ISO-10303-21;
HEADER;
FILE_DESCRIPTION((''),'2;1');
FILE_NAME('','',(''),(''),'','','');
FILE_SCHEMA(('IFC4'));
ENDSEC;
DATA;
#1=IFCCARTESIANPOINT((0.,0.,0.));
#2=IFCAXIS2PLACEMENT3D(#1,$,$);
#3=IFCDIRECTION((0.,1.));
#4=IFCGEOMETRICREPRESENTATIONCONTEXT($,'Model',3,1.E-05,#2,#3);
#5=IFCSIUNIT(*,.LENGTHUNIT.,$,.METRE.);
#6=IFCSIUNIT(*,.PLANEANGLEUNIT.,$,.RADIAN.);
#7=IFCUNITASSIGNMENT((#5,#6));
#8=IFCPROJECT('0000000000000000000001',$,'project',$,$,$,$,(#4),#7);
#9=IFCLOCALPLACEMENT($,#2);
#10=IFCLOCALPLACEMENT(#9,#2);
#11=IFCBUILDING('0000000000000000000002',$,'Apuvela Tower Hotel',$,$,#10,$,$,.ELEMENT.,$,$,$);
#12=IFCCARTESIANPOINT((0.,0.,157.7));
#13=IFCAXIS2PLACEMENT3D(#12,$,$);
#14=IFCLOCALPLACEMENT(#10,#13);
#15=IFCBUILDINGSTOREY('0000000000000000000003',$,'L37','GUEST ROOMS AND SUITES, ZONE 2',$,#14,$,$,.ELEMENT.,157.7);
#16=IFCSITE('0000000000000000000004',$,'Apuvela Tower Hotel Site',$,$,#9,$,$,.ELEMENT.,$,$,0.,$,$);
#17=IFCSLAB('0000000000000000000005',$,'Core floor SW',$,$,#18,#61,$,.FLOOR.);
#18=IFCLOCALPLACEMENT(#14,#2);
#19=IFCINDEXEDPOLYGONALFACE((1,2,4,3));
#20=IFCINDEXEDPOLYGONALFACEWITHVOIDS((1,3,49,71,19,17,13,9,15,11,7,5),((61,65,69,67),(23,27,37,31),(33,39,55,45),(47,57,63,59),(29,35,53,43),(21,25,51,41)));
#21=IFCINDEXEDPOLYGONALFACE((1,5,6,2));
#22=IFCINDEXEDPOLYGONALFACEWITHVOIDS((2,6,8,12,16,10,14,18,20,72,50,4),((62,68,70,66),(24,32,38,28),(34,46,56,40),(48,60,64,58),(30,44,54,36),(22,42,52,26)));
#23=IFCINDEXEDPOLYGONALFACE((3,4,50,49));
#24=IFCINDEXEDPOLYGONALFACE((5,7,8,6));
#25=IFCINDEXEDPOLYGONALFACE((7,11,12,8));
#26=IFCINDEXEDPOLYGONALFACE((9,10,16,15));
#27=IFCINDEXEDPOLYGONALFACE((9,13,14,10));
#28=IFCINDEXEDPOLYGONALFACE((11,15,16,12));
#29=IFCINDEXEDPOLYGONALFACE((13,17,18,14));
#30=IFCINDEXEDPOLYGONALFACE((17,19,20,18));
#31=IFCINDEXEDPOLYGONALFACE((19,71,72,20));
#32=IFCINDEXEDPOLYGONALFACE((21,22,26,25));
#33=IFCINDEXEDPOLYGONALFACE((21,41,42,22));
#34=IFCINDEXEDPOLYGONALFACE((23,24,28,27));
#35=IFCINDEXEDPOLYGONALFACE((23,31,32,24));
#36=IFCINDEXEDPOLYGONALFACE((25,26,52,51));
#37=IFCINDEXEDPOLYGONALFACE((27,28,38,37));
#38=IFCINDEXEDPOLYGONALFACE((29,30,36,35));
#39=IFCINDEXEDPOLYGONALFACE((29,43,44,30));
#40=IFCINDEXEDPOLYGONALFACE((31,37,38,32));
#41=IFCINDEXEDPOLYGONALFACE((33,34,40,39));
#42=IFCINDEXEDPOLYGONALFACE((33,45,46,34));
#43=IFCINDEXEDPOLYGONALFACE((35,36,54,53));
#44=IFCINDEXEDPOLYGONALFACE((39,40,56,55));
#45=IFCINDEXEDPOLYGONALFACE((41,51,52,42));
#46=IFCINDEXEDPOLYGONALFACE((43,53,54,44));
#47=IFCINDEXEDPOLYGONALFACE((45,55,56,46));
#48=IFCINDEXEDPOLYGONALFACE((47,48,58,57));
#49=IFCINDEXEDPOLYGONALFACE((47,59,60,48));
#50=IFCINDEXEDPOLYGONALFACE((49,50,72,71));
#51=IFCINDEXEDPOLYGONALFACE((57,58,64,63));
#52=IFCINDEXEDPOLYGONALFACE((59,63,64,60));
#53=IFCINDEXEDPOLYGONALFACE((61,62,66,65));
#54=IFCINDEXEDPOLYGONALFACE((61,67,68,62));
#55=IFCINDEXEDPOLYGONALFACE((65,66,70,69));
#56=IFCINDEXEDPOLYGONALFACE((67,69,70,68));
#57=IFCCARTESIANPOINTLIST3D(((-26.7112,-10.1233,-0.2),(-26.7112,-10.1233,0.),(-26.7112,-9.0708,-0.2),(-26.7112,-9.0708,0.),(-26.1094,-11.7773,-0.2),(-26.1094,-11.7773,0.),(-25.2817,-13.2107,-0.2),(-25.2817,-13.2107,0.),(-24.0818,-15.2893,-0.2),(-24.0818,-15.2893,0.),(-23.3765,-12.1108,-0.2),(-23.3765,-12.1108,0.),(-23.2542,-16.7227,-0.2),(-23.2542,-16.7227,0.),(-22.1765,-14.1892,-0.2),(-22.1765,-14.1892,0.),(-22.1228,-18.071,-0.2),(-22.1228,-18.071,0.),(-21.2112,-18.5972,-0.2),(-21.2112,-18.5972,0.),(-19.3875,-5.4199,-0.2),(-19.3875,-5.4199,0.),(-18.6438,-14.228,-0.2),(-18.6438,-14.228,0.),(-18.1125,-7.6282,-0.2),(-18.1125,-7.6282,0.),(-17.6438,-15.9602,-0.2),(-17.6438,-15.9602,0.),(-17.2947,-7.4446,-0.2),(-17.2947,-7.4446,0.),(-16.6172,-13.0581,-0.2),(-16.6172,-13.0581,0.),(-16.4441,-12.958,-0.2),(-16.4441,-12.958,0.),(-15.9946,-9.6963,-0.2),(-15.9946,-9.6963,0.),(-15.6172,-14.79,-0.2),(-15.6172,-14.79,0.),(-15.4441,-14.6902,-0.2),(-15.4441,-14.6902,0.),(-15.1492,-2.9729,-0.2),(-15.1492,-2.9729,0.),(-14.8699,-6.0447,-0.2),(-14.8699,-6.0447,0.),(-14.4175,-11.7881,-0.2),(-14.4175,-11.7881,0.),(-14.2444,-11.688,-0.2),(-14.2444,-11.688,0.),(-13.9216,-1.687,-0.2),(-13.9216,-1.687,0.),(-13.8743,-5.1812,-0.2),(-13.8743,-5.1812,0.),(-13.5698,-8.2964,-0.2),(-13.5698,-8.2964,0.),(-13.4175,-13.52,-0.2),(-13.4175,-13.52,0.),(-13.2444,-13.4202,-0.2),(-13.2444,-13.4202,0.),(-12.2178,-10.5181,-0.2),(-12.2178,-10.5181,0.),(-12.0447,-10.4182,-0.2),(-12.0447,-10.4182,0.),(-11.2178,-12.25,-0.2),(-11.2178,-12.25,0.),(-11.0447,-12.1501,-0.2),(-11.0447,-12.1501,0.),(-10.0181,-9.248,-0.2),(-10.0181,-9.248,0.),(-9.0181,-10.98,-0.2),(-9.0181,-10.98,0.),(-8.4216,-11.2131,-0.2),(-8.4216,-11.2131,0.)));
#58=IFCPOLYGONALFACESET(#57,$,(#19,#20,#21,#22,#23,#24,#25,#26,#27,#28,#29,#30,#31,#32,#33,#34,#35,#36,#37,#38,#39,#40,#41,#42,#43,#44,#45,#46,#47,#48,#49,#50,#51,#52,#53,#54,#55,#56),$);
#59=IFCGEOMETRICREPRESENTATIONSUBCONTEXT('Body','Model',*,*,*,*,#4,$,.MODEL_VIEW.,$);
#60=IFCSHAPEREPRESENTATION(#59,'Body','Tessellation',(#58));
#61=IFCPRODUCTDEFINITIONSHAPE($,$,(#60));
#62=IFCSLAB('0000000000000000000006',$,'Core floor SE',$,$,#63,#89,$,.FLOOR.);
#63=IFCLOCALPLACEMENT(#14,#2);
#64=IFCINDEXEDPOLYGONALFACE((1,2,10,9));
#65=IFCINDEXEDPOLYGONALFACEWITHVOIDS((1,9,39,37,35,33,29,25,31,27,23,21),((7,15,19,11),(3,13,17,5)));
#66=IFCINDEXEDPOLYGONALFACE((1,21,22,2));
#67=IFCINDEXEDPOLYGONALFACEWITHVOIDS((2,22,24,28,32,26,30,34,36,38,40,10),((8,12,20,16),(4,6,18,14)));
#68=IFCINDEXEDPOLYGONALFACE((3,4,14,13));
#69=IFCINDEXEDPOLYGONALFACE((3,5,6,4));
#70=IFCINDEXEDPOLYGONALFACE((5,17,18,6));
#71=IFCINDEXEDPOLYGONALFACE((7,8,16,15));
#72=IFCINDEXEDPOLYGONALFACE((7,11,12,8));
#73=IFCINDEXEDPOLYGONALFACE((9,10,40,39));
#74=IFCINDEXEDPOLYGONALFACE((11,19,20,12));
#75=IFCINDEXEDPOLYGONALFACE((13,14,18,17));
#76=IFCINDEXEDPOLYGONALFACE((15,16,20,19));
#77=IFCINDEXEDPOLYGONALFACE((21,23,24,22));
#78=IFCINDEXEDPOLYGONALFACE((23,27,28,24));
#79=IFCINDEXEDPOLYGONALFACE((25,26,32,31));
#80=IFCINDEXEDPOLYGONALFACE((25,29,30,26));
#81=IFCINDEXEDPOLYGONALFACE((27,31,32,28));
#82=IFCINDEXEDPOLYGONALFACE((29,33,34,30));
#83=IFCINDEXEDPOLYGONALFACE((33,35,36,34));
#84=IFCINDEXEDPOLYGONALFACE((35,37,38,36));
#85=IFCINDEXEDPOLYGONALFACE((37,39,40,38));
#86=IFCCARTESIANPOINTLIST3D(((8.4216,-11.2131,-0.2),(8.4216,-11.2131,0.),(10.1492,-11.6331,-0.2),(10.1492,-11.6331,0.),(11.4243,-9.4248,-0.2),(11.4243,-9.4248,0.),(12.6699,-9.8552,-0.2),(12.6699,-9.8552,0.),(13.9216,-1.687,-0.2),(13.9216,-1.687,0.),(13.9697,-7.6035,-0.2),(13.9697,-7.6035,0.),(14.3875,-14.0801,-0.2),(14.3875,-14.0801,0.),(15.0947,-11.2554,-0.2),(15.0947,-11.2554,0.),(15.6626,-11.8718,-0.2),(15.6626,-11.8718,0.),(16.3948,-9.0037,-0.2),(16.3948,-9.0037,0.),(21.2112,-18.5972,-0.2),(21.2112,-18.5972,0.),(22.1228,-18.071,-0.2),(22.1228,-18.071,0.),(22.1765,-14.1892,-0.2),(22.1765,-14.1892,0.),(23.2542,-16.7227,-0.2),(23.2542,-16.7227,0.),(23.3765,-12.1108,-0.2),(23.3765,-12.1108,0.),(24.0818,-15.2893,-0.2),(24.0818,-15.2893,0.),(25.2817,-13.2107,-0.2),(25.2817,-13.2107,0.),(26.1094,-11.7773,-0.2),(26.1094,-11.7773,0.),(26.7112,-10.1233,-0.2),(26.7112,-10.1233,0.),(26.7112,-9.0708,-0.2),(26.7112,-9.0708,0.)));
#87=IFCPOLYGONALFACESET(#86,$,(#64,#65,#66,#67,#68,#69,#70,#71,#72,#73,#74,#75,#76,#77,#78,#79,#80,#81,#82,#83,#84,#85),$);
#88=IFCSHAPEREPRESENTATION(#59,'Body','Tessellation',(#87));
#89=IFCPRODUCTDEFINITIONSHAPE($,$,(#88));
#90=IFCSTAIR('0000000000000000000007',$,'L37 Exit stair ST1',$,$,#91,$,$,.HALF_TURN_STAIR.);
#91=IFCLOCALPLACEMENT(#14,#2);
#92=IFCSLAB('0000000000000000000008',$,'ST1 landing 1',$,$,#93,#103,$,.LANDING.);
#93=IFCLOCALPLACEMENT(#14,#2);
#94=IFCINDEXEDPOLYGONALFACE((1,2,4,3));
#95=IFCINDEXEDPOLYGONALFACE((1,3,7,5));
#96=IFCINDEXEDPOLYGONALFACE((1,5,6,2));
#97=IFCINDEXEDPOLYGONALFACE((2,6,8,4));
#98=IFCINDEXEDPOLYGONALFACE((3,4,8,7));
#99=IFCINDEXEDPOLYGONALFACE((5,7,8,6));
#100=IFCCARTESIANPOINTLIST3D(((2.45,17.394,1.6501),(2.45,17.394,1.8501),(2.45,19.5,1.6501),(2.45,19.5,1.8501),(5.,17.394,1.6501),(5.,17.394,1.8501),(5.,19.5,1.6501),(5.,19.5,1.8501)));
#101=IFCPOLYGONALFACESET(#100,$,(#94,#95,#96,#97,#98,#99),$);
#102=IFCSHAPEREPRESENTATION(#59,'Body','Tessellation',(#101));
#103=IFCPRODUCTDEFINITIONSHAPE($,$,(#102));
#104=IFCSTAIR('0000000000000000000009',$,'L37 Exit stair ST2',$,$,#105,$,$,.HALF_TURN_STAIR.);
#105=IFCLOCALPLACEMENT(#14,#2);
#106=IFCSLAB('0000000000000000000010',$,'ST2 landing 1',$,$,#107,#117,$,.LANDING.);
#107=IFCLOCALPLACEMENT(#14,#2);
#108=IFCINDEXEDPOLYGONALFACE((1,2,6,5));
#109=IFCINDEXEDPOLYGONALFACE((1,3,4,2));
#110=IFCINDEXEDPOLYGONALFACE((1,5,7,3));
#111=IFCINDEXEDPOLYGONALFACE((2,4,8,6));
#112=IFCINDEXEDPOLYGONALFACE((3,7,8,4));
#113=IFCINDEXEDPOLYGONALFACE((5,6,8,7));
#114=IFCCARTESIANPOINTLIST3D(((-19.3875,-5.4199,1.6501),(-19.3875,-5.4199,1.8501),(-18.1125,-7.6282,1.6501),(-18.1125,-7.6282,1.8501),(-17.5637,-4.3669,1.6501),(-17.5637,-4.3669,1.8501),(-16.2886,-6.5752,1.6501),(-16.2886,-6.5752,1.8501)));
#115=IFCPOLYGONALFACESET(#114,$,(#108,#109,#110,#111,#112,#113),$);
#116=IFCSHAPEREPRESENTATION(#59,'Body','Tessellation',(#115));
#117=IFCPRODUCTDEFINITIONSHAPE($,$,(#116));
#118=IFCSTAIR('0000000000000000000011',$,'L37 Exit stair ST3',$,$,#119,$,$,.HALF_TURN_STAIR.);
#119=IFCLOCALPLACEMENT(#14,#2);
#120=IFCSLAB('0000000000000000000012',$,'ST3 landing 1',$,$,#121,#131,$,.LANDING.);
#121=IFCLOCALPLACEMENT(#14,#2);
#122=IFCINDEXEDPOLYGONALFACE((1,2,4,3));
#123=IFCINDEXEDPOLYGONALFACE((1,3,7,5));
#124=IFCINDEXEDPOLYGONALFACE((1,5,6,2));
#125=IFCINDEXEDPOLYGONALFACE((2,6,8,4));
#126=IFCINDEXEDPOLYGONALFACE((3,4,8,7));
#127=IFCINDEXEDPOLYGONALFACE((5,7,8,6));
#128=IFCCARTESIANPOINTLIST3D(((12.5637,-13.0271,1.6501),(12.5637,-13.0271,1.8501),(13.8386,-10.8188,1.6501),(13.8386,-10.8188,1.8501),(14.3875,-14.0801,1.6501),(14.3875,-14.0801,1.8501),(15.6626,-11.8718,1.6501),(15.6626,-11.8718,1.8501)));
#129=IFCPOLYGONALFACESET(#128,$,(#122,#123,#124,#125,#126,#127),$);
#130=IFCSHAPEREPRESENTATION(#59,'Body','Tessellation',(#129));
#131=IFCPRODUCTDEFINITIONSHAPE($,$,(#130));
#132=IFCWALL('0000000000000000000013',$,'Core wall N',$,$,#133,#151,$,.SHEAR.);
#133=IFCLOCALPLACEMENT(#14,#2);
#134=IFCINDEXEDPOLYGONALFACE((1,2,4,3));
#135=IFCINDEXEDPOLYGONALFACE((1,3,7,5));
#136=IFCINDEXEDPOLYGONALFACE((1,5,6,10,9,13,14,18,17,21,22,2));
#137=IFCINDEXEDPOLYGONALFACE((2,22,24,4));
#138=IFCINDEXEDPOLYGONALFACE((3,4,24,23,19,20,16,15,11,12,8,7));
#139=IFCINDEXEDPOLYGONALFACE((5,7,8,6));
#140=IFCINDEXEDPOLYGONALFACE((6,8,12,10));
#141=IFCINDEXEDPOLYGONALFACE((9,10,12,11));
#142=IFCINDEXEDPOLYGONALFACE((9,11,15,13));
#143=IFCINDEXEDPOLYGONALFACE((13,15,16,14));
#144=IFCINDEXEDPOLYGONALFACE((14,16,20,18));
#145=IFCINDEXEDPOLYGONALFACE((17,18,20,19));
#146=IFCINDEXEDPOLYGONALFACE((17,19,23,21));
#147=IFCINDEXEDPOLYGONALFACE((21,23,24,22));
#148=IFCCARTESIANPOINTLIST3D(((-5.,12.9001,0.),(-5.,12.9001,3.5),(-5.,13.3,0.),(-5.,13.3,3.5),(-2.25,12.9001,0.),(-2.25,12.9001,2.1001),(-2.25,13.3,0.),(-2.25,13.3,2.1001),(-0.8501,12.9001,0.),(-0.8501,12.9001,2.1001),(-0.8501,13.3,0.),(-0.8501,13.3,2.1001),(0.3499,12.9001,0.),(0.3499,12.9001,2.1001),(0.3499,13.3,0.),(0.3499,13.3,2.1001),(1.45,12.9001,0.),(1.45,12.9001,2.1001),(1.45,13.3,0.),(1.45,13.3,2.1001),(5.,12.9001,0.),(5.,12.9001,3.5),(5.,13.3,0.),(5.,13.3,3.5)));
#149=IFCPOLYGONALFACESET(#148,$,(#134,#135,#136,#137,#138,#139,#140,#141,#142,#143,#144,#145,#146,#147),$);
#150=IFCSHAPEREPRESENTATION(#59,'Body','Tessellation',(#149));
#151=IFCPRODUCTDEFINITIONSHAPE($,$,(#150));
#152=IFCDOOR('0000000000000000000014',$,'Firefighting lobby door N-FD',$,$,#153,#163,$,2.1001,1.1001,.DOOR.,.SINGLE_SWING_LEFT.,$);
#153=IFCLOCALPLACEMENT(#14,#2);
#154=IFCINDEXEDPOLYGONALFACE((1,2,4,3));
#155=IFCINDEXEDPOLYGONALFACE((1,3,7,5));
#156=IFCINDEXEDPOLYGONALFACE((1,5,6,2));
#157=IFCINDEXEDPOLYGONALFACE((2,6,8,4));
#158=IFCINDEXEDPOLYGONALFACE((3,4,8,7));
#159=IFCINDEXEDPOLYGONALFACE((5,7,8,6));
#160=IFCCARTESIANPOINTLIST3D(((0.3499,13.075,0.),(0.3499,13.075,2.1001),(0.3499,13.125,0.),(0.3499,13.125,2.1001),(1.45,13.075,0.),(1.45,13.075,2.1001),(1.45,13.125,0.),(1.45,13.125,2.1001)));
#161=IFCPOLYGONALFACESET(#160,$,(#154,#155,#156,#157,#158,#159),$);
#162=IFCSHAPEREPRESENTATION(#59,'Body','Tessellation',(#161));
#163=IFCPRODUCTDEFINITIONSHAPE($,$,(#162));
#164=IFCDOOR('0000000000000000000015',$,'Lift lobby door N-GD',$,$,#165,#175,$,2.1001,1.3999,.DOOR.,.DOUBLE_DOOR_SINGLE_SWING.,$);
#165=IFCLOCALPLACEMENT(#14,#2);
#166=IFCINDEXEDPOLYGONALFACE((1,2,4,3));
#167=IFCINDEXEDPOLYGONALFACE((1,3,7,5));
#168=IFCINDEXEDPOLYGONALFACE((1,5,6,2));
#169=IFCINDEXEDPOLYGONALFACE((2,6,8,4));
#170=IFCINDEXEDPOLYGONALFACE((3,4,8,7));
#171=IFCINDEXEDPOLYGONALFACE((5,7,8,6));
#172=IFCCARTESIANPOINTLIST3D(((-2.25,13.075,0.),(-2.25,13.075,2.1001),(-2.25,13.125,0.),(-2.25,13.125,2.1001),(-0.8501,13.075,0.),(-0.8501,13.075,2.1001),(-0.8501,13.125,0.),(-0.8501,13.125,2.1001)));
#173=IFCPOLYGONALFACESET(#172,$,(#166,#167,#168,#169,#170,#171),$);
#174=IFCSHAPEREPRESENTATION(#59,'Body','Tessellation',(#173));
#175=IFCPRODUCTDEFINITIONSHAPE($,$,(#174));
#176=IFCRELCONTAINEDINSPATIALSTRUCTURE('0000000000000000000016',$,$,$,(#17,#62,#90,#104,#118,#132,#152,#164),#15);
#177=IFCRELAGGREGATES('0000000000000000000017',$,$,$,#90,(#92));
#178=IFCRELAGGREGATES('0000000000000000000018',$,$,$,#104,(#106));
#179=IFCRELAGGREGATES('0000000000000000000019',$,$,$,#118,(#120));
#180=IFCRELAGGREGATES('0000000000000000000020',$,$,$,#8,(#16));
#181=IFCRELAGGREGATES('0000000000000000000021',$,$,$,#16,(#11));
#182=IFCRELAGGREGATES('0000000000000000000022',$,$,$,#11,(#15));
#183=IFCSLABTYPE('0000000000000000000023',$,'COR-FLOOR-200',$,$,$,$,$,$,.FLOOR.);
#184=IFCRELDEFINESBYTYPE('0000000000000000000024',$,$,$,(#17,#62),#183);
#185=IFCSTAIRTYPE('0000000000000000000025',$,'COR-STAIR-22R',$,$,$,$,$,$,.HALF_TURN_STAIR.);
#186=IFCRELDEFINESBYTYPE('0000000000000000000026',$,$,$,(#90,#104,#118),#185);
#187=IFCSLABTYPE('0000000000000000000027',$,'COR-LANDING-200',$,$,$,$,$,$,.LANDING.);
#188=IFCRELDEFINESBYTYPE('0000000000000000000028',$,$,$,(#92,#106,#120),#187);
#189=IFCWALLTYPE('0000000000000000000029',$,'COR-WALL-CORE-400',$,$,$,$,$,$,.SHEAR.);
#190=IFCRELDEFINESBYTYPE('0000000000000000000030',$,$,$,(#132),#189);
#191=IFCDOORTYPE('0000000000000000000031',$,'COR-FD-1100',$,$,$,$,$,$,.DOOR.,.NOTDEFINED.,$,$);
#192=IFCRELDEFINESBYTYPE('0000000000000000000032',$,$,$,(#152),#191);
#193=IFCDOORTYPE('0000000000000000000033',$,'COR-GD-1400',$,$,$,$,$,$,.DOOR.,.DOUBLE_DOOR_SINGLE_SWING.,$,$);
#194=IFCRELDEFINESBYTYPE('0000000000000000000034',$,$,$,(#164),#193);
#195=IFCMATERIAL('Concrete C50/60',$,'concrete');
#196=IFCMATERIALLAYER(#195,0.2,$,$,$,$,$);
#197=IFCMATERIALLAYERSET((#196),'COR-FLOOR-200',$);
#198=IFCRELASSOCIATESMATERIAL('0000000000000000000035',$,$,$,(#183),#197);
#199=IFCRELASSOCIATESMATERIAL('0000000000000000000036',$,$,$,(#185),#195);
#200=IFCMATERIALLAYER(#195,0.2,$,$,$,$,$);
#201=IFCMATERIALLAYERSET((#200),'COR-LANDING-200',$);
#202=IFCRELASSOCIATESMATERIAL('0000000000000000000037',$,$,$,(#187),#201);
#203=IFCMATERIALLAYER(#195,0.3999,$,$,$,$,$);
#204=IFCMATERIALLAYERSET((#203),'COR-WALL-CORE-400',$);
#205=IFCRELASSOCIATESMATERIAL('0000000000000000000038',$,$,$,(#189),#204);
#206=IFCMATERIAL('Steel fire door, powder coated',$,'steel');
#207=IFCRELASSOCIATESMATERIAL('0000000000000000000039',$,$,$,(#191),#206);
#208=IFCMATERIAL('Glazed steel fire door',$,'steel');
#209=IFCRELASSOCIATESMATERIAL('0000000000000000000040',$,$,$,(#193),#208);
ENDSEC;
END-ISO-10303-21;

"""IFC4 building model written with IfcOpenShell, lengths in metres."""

from ifc_helpers import new_model, si_unit, direction, frame, frame_2d, origin, place, context, subcontext, project, spatial, polyline, rectangle, outline, extrude, material, layer, layer_set, type_object, element, fill, aggregate, save


model = new_model("IFC4")

# Units and contexts
model_context = context("Model", 3, precision=1e-05, world=origin(), true_north=direction((0.0, 1.0)))
body_context = subcontext(model_context, "Body", "Model", "MODEL_VIEW")
ifc_project = project(units=[si_unit("LENGTHUNIT", "METRE"), si_unit("PLANEANGLEUNIT", "RADIAN")], contexts=[model_context])

# Site, building, storey
site_placement = place(None, origin())
site = spatial("IfcSite", under=ifc_project, at=site_placement, Name="Apuvela Tower Hotel Site", CompositionType="ELEMENT", RefElevation=0.0)
building_placement = place(site_placement, origin())
building = spatial("IfcBuilding", under=site, at=building_placement, Name="Apuvela Tower Hotel", CompositionType="ELEMENT")
storey_placement = place(building_placement, frame((0.0, 0.0, 157.7)))
storey = spatial("IfcBuildingStorey", under=building, at=storey_placement, Name="L37", Description="GUEST ROOMS AND SUITES, ZONE 2", CompositionType="ELEMENT", Elevation=157.7)

# Slabs
ifc_material_1 = material(Name="Concrete C50/60", Category="concrete")
ifc_layer_1 = layer(ifc_material_1, 0.2)
ifc_layer_set_1 = layer_set([ifc_layer_1], Name="COR-FLOOR-200")
slab_type_1 = type_object("IfcSlabType", Name="COR-FLOOR-200", PredefinedType="FLOOR", material=ifc_layer_set_1)
slab_1_placement = place(storey_placement, frame((0.0, 0.0, -0.2)))
element("IfcSlab", 1, at=slab_1_placement, inside=storey, type_object=slab_type_1, Name="Core floor SW", PredefinedType="FLOOR", context=body_context, shape_type="SweptSolid", body=[
    extrude(outline(polyline([(-26.7112, -9.0708), (-26.7112, -10.1233), (-26.1094, -11.7773), (-25.2817, -13.2107), (-23.3765, -12.1108), (-22.1765, -14.1892), (-24.0818, -15.2893), (-23.2542, -16.7227), (-22.1228, -18.071), (-21.2112, -18.5972), (-8.4216, -11.2131), (-13.9216, -1.687), (-26.7112, -9.0708)]), holes=[polyline([(-10.0181, -9.248), (-9.0181, -10.98), (-11.0447, -12.1501), (-12.0447, -10.4182), (-10.0181, -9.248)]), polyline([(-14.2444, -11.688), (-12.2178, -10.5181), (-11.2178, -12.25), (-13.2444, -13.4202), (-14.2444, -11.688)]), polyline([(-19.3875, -5.4199), (-15.1492, -2.9729), (-13.8743, -5.1812), (-18.1125, -7.6282), (-19.3875, -5.4199)]), polyline([(-14.8699, -6.0447), (-13.5698, -8.2964), (-15.9946, -9.6963), (-17.2947, -7.4446), (-14.8699, -6.0447)]), polyline([(-16.4441, -12.958), (-14.4175, -11.7881), (-13.4175, -13.52), (-15.4441, -14.6902), (-16.4441, -12.958)]), polyline([(-18.6438, -14.228), (-16.6172, -13.0581), (-15.6172, -14.79), (-17.6438, -15.9602), (-18.6438, -14.228)])]), origin(), (0.0, 0.0, 1.0), 0.2),
])
slab_2_placement = place(storey_placement, frame((0.0, 0.0, -0.2)))
element("IfcSlab", 2, at=slab_2_placement, inside=storey, type_object=slab_type_1, Name="Core floor SE", PredefinedType="FLOOR", context=body_context, shape_type="SweptSolid", body=[
    extrude(outline(polyline([(21.2112, -18.5972), (22.1228, -18.071), (23.2542, -16.7227), (24.0818, -15.2893), (22.1765, -14.1892), (23.3765, -12.1108), (25.2817, -13.2107), (26.1094, -11.7773), (26.7112, -10.1233), (26.7112, -9.0708), (13.9216, -1.687), (8.4216, -11.2131), (21.2112, -18.5972)]), holes=[polyline([(11.4243, -9.4248), (15.6626, -11.8718), (14.3875, -14.0801), (10.1492, -11.6331), (11.4243, -9.4248)]), polyline([(13.9697, -7.6035), (16.3948, -9.0037), (15.0947, -11.2554), (12.6699, -9.8552), (13.9697, -7.6035)])]), origin(), (0.0, 0.0, 1.0), 0.2),
])

# Stairs, slabs
stair_type = type_object("IfcStairType", Name="COR-STAIR-22R", PredefinedType="HALF_TURN_STAIR", material=ifc_material_1)
stair_1_placement = place(storey_placement, origin())
stair_1 = element("IfcStair", 3, at=stair_1_placement, inside=storey, type_object=stair_type, Name="L37 Exit stair ST1", PredefinedType="HALF_TURN_STAIR")
ifc_layer_2 = layer(ifc_material_1, 0.2)
ifc_layer_set_2 = layer_set([ifc_layer_2], Name="COR-LANDING-200")
slab_type_2 = type_object("IfcSlabType", Name="COR-LANDING-200", PredefinedType="LANDING", material=ifc_layer_set_2)
slab_3_placement = place(storey_placement, frame((0.0, 0.0, 1.6501)))
slab_3 = element("IfcSlab", 4, at=slab_3_placement, type_object=slab_type_2, Name="ST1 landing 1", PredefinedType="LANDING", context=body_context, shape_type="SweptSolid", body=[
    extrude(outline(polyline([(5.0, 17.394), (5.0, 19.5), (2.45, 19.5), (2.45, 17.394), (5.0, 17.394)])), origin(), (0.0, 0.0, 1.0), 0.2),
])
aggregate(stair_1, [slab_3])
stair_2_placement = place(storey_placement, origin())
stair_2 = element("IfcStair", 5, at=stair_2_placement, inside=storey, type_object=stair_type, Name="L37 Exit stair ST2", PredefinedType="HALF_TURN_STAIR")
slab_4_placement = place(storey_placement, frame((0.0, 0.0, 1.6501)))
slab_4 = element("IfcSlab", 6, at=slab_4_placement, type_object=slab_type_2, Name="ST2 landing 1", PredefinedType="LANDING", context=body_context, shape_type="SweptSolid", body=[
    extrude(outline(polyline([(-17.5637, -4.3669), (-19.3875, -5.4199), (-18.1125, -7.6282), (-16.2886, -6.5752), (-17.5637, -4.3669)])), origin(), (0.0, 0.0, 1.0), 0.2),
])
aggregate(stair_2, [slab_4])
stair_3_placement = place(storey_placement, origin())
stair_3 = element("IfcStair", 7, at=stair_3_placement, inside=storey, type_object=stair_type, Name="L37 Exit stair ST3", PredefinedType="HALF_TURN_STAIR")
slab_5_placement = place(storey_placement, frame((0.0, 0.0, 1.6501)))
slab_5 = element("IfcSlab", 8, at=slab_5_placement, type_object=slab_type_2, Name="ST3 landing 1", PredefinedType="LANDING", context=body_context, shape_type="SweptSolid", body=[
    extrude(outline(polyline([(12.5637, -13.0271), (14.3875, -14.0801), (15.6626, -11.8718), (13.8386, -10.8188), (12.5637, -13.0271)])), origin(), (0.0, 0.0, 1.0), 0.2),
])
aggregate(stair_3, [slab_5])

# Wall, openings, doors
ifc_layer_3 = layer(ifc_material_1, 0.3999)
ifc_layer_set_3 = layer_set([ifc_layer_3], Name="COR-WALL-CORE-400")
wall_type_1 = type_object("IfcWallType", Name="COR-WALL-CORE-400", PredefinedType="SHEAR", material=ifc_layer_set_3)
wall_1_placement = place(storey_placement, frame((5.0, 13.1001, 0.0), z_axis=(0.0, 0.0, 1.0), x_axis=(-1.0, 0.0, 0.0)))
wall_1 = element("IfcWall", 9, at=wall_1_placement, inside=storey, type_object=wall_type_1, Name="Core wall N", PredefinedType="SHEAR", context=body_context, shape_type="SweptSolid", body=[
    extrude(rectangle(XDim=10.0, YDim=0.3999, at=frame_2d((5.0, 0.0))), origin(), (0.0, 0.0, 1.0), 3.5),
])
opening_1_placement = place(wall_1_placement, frame((3.55, 0.0, 0.0)))
opening_1 = element("IfcOpeningElement", 10, at=opening_1_placement, cuts=wall_1, PredefinedType="OPENING", context=body_context, shape_type="SweptSolid", body=[
    extrude(rectangle(XDim=1.1001, YDim=2.1001, at=frame_2d((0.55, 1.05))), frame((0.0, 0.21, 0.0), z_axis=(0.0, -1.0, 0.0), x_axis=(1.0, 0.0, 0.0)), (0.0, 0.0, 1.0), 0.4199),
])
opening_2_placement = place(wall_1_placement, frame((5.8501, 0.0, 0.0)))
opening_2 = element("IfcOpeningElement", 11, at=opening_2_placement, cuts=wall_1, PredefinedType="OPENING", context=body_context, shape_type="SweptSolid", body=[
    extrude(rectangle(XDim=1.3999, YDim=2.1001, at=frame_2d((0.7, 1.05))), frame((0.0, 0.21, 0.0), z_axis=(0.0, -1.0, 0.0), x_axis=(1.0, 0.0, 0.0)), (0.0, 0.0, 1.0), 0.4199),
])
ifc_material_2 = material(Name="Steel fire door, powder coated", Category="steel")
door_type_1 = type_object("IfcDoorType", Name="COR-FD-1100", OperationType="NOTDEFINED", PredefinedType="DOOR", material=ifc_material_2)
door_1_placement = place(opening_1_placement, frame((1.1001, 0.0, 0.0), z_axis=(0.0, 0.0, 1.0), x_axis=(-1.0, 0.0, 0.0)))
door_1 = element("IfcDoor", 12, at=door_1_placement, inside=storey, type_object=door_type_1, Name="Firefighting lobby door N-FD", OperationType="SINGLE_SWING_LEFT", OverallHeight=2.1001, OverallWidth=1.1001, PredefinedType="DOOR", context=body_context, shape_type="SweptSolid", body=[
    extrude(rectangle(XDim=1.1001, YDim=2.1001, at=frame_2d((0.55, 1.05))), frame((0.0, 0.0249, 0.0), z_axis=(0.0, -1.0, 0.0), x_axis=(1.0, 0.0, 0.0)), (0.0, 0.0, 1.0), 0.05),
])
fill(opening_1, door_1)
ifc_material_3 = material(Name="Glazed steel fire door", Category="steel")
door_type_2 = type_object("IfcDoorType", Name="COR-GD-1400", OperationType="DOUBLE_DOOR_SINGLE_SWING", PredefinedType="DOOR", material=ifc_material_3)
door_2_placement = place(opening_2_placement, frame((1.3999, 0.0, 0.0), z_axis=(0.0, 0.0, 1.0), x_axis=(-1.0, 0.0, 0.0)))
door_2 = element("IfcDoor", 13, at=door_2_placement, inside=storey, type_object=door_type_2, Name="Lift lobby door N-GD", OperationType="DOUBLE_DOOR_SINGLE_SWING", OverallHeight=2.1001, OverallWidth=1.3999, PredefinedType="DOOR", context=body_context, shape_type="SweptSolid", body=[
    extrude(rectangle(XDim=1.3999, YDim=2.1001, at=frame_2d((0.7, 1.05))), frame((0.0, 0.0249, 0.0), z_axis=(0.0, -1.0, 0.0), x_axis=(1.0, 0.0, 0.0)), (0.0, 0.0, 1.0), 0.05),
])
fill(opening_2, door_2)

save(model, "model.ifc")
